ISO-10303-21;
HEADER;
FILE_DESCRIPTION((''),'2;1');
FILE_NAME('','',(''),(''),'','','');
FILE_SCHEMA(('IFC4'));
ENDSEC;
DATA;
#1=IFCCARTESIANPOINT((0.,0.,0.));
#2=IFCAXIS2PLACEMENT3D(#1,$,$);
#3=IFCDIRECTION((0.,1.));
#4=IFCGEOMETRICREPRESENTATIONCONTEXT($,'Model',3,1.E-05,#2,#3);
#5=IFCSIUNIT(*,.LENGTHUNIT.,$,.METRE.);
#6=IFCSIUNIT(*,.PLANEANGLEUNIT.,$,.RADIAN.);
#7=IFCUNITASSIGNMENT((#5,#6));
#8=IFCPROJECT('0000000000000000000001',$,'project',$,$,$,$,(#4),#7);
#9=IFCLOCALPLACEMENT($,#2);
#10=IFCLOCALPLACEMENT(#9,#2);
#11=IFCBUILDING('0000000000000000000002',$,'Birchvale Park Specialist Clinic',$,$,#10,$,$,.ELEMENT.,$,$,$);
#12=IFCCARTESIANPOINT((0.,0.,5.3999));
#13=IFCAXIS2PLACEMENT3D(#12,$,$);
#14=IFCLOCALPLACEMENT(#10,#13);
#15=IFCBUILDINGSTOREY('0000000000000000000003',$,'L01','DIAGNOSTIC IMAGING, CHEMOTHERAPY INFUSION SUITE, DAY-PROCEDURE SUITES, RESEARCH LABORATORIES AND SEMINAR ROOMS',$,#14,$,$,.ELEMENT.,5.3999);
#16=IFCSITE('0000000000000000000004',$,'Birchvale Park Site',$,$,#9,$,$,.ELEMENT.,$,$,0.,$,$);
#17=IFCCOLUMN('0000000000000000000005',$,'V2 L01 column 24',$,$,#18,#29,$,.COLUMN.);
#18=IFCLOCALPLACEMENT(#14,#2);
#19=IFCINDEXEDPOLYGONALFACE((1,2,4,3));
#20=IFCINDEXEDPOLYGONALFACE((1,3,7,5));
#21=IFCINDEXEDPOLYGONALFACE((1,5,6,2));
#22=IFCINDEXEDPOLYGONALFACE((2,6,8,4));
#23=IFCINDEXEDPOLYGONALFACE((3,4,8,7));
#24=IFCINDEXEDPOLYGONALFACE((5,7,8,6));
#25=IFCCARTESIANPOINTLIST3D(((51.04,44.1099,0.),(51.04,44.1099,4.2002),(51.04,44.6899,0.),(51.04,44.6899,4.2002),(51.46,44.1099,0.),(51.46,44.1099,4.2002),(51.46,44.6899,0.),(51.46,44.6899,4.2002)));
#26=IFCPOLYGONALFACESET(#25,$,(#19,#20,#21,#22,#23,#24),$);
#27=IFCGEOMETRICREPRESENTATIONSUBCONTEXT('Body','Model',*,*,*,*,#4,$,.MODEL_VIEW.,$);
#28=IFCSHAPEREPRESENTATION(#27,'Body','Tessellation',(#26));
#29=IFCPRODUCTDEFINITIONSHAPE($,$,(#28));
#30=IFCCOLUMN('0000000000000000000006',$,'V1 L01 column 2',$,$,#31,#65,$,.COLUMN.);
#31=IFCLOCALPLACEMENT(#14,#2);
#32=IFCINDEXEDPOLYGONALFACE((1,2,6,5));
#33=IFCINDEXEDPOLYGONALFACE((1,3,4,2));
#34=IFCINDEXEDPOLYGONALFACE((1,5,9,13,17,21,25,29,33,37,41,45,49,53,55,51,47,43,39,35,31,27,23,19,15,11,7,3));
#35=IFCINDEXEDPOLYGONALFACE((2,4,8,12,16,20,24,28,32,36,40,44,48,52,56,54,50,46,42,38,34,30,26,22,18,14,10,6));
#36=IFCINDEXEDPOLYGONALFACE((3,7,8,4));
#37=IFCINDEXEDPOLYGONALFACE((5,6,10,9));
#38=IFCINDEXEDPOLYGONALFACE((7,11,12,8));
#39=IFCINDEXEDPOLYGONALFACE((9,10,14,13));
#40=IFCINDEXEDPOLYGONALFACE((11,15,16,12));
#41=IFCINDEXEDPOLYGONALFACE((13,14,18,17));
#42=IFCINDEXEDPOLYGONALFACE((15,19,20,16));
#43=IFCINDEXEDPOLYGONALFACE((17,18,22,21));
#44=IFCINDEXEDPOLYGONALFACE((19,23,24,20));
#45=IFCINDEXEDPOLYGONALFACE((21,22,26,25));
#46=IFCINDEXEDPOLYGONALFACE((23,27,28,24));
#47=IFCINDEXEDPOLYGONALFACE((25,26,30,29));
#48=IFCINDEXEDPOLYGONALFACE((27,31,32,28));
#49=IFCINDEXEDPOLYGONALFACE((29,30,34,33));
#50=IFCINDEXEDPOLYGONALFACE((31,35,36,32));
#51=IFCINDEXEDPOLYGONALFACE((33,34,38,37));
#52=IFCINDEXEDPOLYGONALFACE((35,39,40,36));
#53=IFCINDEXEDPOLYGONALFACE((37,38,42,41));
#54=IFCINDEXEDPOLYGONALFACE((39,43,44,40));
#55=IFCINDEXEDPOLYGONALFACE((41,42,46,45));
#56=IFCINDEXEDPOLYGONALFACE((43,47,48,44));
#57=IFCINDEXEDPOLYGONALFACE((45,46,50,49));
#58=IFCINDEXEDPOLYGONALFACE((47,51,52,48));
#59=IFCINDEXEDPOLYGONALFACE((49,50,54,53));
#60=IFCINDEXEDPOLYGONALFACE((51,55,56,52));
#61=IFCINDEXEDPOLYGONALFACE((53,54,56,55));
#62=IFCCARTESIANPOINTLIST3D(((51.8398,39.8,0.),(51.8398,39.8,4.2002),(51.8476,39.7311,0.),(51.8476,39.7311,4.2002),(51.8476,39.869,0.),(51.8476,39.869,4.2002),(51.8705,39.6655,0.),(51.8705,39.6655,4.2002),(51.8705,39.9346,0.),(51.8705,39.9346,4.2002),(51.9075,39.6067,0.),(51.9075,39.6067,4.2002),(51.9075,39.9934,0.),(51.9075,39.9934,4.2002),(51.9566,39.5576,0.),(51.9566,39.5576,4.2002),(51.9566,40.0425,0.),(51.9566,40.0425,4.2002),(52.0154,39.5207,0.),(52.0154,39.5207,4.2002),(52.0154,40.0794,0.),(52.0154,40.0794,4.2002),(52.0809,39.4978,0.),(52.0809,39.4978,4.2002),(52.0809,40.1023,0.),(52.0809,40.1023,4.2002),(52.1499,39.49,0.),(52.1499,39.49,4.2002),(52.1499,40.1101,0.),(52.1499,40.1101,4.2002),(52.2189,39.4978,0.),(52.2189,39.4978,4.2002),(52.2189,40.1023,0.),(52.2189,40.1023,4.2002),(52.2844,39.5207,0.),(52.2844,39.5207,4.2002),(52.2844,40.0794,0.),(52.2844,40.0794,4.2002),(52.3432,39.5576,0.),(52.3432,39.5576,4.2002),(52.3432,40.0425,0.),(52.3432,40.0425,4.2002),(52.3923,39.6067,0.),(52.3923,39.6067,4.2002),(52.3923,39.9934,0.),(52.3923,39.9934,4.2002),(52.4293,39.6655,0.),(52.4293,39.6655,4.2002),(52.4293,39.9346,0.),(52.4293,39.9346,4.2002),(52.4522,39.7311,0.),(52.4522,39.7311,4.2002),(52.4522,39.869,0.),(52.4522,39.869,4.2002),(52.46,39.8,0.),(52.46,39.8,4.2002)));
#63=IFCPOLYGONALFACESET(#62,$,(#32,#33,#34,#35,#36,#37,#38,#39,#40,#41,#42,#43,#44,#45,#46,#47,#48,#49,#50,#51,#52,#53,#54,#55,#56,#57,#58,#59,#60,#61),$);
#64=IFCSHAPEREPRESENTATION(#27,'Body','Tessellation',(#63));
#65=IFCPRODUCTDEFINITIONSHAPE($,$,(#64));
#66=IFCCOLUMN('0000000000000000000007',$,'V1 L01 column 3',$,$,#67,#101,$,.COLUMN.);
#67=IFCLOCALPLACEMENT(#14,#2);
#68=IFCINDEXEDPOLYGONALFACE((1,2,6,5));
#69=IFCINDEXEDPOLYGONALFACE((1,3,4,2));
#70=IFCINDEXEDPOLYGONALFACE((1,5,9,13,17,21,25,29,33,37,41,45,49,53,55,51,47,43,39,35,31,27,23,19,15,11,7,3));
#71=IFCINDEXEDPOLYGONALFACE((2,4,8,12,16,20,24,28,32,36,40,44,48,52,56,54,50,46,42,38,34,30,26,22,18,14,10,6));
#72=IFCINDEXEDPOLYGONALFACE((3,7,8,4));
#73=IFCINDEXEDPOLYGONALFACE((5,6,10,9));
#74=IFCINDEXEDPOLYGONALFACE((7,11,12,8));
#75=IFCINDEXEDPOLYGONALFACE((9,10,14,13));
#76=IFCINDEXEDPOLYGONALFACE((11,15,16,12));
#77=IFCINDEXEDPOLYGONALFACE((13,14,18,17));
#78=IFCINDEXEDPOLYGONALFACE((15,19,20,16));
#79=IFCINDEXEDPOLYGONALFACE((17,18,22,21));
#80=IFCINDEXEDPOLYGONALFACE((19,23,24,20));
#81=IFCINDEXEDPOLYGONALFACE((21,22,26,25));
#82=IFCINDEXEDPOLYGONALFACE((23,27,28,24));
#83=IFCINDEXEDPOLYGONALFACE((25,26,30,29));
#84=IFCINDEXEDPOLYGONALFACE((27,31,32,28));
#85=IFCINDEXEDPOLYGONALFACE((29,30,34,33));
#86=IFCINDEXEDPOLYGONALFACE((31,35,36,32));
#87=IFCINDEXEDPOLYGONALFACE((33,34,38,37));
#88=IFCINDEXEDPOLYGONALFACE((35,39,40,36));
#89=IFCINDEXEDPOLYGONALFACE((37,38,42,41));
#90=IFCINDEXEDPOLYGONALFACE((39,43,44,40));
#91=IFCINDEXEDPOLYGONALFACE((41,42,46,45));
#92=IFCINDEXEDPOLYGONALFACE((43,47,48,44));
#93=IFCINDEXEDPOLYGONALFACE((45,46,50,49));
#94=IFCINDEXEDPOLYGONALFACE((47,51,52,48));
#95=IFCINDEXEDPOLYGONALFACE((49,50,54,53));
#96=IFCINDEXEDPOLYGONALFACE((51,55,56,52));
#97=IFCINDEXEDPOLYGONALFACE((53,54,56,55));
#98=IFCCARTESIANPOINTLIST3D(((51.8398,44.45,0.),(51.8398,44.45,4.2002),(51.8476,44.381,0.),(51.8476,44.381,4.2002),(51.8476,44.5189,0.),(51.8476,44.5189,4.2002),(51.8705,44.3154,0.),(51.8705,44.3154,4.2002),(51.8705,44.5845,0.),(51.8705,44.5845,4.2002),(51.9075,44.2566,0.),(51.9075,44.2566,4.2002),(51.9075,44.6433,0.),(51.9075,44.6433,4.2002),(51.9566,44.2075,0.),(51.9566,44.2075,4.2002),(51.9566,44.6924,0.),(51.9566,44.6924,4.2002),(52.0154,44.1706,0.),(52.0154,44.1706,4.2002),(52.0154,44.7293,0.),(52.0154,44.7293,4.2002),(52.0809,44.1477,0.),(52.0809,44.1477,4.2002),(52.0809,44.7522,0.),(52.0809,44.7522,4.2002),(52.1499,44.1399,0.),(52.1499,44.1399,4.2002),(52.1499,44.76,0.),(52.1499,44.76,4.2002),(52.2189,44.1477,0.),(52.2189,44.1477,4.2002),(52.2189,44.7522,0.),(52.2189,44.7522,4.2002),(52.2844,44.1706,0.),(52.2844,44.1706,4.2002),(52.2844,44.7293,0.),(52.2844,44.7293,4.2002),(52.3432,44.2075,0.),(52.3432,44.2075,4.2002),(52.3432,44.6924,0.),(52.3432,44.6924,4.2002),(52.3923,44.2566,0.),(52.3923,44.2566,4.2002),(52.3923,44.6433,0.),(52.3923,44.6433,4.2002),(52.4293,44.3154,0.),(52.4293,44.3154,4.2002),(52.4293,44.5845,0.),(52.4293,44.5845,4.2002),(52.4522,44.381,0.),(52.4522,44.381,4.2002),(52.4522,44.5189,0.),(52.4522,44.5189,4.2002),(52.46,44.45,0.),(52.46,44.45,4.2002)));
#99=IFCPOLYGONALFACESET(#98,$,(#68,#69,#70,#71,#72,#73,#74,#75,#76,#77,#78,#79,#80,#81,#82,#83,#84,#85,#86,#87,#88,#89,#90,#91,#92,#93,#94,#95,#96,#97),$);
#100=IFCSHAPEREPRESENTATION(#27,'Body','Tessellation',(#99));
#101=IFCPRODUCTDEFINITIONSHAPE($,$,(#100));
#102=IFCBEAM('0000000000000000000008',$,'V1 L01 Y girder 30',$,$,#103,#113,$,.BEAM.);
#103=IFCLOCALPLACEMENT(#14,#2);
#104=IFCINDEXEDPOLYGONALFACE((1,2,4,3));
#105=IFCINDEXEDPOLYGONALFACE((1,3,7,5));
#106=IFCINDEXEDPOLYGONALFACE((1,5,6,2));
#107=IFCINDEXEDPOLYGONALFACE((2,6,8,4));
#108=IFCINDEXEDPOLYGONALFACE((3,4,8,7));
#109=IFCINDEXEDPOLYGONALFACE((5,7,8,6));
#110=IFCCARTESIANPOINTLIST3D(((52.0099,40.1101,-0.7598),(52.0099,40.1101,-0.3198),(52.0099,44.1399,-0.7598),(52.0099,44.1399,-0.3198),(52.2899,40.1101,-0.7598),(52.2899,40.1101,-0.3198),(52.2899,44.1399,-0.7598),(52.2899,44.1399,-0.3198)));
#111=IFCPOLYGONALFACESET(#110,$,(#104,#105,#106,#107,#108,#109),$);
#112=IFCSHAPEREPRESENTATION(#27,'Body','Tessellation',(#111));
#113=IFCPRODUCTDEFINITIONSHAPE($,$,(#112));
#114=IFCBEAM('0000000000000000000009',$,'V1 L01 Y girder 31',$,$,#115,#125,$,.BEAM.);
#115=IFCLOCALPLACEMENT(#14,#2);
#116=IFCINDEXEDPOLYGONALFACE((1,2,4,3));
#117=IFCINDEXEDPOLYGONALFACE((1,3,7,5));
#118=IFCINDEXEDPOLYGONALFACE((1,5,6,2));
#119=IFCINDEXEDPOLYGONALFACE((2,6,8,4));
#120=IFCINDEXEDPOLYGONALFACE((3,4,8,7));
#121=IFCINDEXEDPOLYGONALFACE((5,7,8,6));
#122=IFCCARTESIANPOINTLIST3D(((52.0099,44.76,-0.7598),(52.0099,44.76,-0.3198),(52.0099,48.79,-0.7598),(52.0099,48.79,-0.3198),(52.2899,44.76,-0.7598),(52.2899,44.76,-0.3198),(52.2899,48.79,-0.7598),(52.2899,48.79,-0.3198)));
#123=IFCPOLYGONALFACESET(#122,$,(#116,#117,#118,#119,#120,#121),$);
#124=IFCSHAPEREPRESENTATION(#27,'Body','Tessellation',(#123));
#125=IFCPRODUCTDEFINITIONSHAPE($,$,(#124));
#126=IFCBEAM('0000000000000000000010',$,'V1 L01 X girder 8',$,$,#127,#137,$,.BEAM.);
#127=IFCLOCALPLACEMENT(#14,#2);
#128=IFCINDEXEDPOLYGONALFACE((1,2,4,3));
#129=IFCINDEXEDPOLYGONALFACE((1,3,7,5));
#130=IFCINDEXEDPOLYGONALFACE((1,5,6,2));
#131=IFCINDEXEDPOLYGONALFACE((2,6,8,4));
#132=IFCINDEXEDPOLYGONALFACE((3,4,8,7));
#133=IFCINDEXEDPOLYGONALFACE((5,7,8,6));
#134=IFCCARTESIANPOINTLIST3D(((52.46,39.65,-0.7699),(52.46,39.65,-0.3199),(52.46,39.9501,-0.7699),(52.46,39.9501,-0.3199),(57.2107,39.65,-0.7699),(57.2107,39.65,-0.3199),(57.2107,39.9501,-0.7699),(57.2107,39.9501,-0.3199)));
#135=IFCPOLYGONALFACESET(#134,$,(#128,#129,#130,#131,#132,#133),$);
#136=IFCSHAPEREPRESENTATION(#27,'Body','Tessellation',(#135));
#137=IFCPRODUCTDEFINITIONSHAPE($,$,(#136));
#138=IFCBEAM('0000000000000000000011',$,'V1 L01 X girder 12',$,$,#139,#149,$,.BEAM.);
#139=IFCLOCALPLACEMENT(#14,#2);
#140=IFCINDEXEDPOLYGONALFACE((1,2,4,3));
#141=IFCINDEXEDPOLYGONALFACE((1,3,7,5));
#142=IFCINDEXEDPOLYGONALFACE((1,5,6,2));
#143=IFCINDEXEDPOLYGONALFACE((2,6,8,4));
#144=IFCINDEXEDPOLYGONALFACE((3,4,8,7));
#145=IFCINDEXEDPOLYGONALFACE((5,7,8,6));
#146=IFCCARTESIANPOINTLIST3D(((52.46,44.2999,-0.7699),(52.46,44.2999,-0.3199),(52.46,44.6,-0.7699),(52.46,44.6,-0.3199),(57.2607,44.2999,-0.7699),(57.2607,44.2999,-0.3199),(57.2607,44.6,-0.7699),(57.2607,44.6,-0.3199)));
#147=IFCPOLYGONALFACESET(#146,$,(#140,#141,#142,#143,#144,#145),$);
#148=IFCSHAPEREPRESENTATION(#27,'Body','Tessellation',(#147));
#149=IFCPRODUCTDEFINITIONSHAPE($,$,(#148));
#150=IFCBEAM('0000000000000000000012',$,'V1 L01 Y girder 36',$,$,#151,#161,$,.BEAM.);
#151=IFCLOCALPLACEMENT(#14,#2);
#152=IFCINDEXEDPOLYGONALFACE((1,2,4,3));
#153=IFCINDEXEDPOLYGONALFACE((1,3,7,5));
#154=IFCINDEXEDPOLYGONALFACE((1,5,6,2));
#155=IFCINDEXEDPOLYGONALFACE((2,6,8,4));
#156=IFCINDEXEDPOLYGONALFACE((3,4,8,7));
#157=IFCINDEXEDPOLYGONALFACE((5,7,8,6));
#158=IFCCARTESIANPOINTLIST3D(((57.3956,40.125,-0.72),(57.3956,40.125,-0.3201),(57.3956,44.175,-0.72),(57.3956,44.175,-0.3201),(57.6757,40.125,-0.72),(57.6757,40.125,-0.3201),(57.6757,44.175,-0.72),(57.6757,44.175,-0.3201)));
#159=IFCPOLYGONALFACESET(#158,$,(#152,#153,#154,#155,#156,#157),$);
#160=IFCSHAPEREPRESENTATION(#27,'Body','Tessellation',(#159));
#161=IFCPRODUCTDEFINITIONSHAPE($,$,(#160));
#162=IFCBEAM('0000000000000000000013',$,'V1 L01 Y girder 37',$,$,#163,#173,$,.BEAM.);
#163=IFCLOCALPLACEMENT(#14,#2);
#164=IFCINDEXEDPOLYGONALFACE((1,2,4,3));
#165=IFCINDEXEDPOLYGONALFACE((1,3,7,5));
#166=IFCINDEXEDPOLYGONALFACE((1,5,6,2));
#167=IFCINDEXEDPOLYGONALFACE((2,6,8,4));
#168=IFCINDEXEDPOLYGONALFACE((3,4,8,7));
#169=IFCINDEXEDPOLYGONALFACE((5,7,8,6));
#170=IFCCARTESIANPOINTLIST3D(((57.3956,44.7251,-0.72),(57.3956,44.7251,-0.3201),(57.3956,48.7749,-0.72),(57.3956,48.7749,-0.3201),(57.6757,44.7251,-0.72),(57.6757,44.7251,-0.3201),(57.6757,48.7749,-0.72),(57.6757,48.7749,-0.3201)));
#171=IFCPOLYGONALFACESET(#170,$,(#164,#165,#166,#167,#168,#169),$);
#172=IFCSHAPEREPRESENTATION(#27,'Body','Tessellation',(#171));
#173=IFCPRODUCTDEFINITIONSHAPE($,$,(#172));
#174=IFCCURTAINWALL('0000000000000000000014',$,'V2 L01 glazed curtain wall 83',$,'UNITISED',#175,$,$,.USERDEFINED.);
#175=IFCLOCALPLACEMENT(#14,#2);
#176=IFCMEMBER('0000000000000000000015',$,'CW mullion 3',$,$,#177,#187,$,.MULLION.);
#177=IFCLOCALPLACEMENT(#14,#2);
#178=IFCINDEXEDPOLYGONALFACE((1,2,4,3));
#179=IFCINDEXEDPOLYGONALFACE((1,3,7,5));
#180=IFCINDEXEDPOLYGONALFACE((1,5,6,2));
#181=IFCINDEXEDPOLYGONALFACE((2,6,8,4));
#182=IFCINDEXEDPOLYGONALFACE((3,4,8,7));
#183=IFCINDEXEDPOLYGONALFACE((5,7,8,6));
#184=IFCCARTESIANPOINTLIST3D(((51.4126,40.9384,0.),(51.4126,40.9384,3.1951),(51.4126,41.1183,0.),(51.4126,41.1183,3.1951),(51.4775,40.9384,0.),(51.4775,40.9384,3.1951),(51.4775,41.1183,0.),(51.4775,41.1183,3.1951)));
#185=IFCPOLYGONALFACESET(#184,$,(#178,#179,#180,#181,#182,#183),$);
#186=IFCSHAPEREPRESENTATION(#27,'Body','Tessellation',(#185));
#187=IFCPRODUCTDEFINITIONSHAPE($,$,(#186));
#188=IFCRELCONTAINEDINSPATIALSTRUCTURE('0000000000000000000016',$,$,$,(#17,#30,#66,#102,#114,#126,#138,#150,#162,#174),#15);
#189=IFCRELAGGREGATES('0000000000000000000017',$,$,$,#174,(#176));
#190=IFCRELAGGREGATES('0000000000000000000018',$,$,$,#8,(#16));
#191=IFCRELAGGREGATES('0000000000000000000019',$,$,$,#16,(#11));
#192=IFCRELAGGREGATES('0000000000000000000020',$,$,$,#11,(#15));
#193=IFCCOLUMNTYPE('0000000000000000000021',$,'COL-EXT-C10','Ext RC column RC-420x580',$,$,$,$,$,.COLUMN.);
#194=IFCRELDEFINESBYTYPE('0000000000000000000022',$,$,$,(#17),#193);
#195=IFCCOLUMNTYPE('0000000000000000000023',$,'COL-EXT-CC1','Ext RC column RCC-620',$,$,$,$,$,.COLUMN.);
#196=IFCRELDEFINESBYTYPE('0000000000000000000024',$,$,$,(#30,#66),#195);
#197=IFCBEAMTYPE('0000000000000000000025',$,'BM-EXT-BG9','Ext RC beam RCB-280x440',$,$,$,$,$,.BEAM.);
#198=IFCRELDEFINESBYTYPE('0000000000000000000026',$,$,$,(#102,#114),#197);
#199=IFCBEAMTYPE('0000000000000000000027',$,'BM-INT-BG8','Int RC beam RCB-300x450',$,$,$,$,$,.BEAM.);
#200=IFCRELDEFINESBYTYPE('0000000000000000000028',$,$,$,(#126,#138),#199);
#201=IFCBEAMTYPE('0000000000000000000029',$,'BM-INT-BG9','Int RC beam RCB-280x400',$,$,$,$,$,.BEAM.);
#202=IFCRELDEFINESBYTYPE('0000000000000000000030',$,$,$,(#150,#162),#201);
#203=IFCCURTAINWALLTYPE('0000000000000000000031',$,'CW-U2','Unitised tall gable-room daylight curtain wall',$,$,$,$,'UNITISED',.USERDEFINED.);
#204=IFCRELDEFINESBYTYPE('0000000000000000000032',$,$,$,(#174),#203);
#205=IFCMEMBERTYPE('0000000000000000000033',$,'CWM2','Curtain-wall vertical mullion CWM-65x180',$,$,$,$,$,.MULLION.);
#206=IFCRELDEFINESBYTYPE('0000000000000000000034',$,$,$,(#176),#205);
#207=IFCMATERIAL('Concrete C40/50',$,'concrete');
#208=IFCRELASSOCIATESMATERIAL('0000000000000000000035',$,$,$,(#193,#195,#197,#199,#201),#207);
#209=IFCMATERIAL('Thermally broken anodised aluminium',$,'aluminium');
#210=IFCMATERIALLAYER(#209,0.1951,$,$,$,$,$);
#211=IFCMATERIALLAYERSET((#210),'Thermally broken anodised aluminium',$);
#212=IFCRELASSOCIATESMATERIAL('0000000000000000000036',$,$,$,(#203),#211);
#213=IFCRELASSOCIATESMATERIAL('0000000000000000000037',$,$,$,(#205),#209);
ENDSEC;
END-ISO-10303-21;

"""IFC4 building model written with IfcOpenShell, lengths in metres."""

from ifc_helpers import new_model, si_unit, direction, frame, origin, origin_2d, place, context, subcontext, project, spatial, rectangle, circle, extrude, material, layer, layer_set, material_profile, profile_set, type_object, element, aggregate, save


model = new_model("IFC4")

# Units and contexts
model_context = context("Model", 3, precision=1e-05, world=origin(), true_north=direction((0.0, 1.0)))
body_context = subcontext(model_context, "Body", "Model", "MODEL_VIEW")
ifc_project = project(units=[si_unit("LENGTHUNIT", "METRE"), si_unit("PLANEANGLEUNIT", "RADIAN")], contexts=[model_context])

# Site, building, storey
site_placement = place(None, origin())
site = spatial("IfcSite", under=ifc_project, at=site_placement, Name="Birchvale Park Site", CompositionType="ELEMENT", RefElevation=0.0)
building_placement = place(site_placement, origin())
building = spatial("IfcBuilding", under=site, at=building_placement, Name="Birchvale Park Specialist Clinic", CompositionType="ELEMENT")
storey_placement = place(building_placement, frame((0.0, 0.0, 5.3999)))
storey = spatial("IfcBuildingStorey", under=building, at=storey_placement, Name="L01", Description="DIAGNOSTIC IMAGING, CHEMOTHERAPY INFUSION SUITE, DAY-PROCEDURE SUITES, RESEARCH LABORATORIES AND SEMINAR ROOMS", CompositionType="ELEMENT", Elevation=5.3999)

# Columns
ifc_material_1 = material(Name="Concrete C40/50", Category="concrete")
ifc_material_profile_1 = material_profile(ifc_material_1, rectangle(XDim=0.4199, YDim=0.5801, at=origin_2d()), Name="RC-420x580")
ifc_profile_set_1 = profile_set([ifc_material_profile_1], Name="Concrete C40/50")
column_type_1 = type_object("IfcColumnType", Name="COL-EXT-C10", Description="Ext RC column RC-420x580", PredefinedType="COLUMN", material=ifc_profile_set_1)
column_placement = place(storey_placement, frame((51.25, 44.3999, 0.0), z_axis=(0.0, 0.0, 1.0), x_axis=(1.0, 0.0, 0.0)))
element("IfcColumn", 1, at=column_placement, inside=storey, type_object=column_type_1, Name="V2 L01 column 24", PredefinedType="COLUMN", context=body_context, shape_type="SweptSolid", body=[
    extrude(rectangle(XDim=0.4199, YDim=0.5801, at=origin_2d()), origin(), (0.0, 0.0, 1.0), 4.2002),
])
ifc_material_profile_2 = material_profile(ifc_material_1, circle(Radius=0.3101, at=origin_2d()), Name="RCC-620")
ifc_profile_set_2 = profile_set([ifc_material_profile_2], Name="Concrete C40/50")
column_type_2 = type_object("IfcColumnType", Name="COL-EXT-CC1", Description="Ext RC column RCC-620", PredefinedType="COLUMN", material=ifc_profile_set_2)
for number, where, z_axis, x_axis, name in (
    (2, (52.1499, 39.8, 0.0), (0.0, 0.0, 1.0), (1.0, 0.0, 0.0), "V1 L01 column 2"),
    (3, (52.1499, 44.45, 0.0), (0.0, 0.0, 1.0), (1.0, 0.0, 0.0), "V1 L01 column 3"),
):
    element("IfcColumn", number, at=place(storey_placement, frame(where, z_axis=z_axis, x_axis=x_axis)), inside=storey, type_object=column_type_2, Name=name, PredefinedType="COLUMN", context=body_context, shape_type="SweptSolid", body=[
        extrude(circle(Radius=0.3101, at=origin_2d()), origin(), (0.0, 0.0, 1.0), 4.2002),
    ])

# Beams
ifc_material_profile_3 = material_profile(ifc_material_1, rectangle(XDim=0.28, YDim=0.4399, at=origin_2d()), Name="RCB-280x440")
ifc_profile_set_3 = profile_set([ifc_material_profile_3], Name="Concrete C40/50")
beam_type_1 = type_object("IfcBeamType", Name="BM-EXT-BG9", Description="Ext RC beam RCB-280x440", PredefinedType="BEAM", material=ifc_profile_set_3)
beam_1_placement = place(storey_placement, frame((52.1499, 40.1101, -0.5398), z_axis=(0.0, 1.0, 0.0), x_axis=(-1.0, 0.0, 0.0)))
element("IfcBeam", 4, at=beam_1_placement, inside=storey, type_object=beam_type_1, Name="V1 L01 Y girder 30", PredefinedType="BEAM", context=body_context, shape_type="SweptSolid", body=[
    extrude(rectangle(XDim=0.28, YDim=0.4399, at=origin_2d()), origin(), (0.0, 0.0, 1.0), 4.0298),
])
beam_2_placement = place(storey_placement, frame((52.1499, 44.76, -0.5398), z_axis=(0.0, 1.0, 0.0), x_axis=(-1.0, 0.0, 0.0)))
element("IfcBeam", 5, at=beam_2_placement, inside=storey, type_object=beam_type_1, Name="V1 L01 Y girder 31", PredefinedType="BEAM", context=body_context, shape_type="SweptSolid", body=[
    extrude(rectangle(XDim=0.28, YDim=0.4399, at=origin_2d()), origin(), (0.0, 0.0, 1.0), 4.03),
])
ifc_material_profile_4 = material_profile(ifc_material_1, rectangle(XDim=0.3, YDim=0.45, at=origin_2d()), Name="RCB-300x450")
ifc_profile_set_4 = profile_set([ifc_material_profile_4], Name="Concrete C40/50")
beam_type_2 = type_object("IfcBeamType", Name="BM-INT-BG8", Description="Int RC beam RCB-300x450", PredefinedType="BEAM", material=ifc_profile_set_4)
beam_3_placement = place(storey_placement, frame((52.46, 39.8, -0.5449), z_axis=(1.0, 0.0, 0.0), x_axis=(0.0, 1.0, 0.0)))
element("IfcBeam", 6, at=beam_3_placement, inside=storey, type_object=beam_type_2, Name="V1 L01 X girder 8", PredefinedType="BEAM", context=body_context, shape_type="SweptSolid", body=[
    extrude(rectangle(XDim=0.3, YDim=0.45, at=origin_2d()), origin(), (0.0, 0.0, 1.0), 4.7507),
])
beam_4_placement = place(storey_placement, frame((52.46, 44.45, -0.5449), z_axis=(1.0, 0.0, 0.0), x_axis=(0.0, 1.0, 0.0)))
element("IfcBeam", 7, at=beam_4_placement, inside=storey, type_object=beam_type_2, Name="V1 L01 X girder 12", PredefinedType="BEAM", context=body_context, shape_type="SweptSolid", body=[
    extrude(rectangle(XDim=0.3, YDim=0.45, at=origin_2d()), origin(), (0.0, 0.0, 1.0), 4.8008),
])
ifc_material_profile_5 = material_profile(ifc_material_1, rectangle(XDim=0.28, YDim=0.3999, at=origin_2d()), Name="RCB-280x400")
ifc_profile_set_5 = profile_set([ifc_material_profile_5], Name="Concrete C40/50")
beam_type_3 = type_object("IfcBeamType", Name="BM-INT-BG9", Description="Int RC beam RCB-280x400", PredefinedType="BEAM", material=ifc_profile_set_5)
beam_5_placement = place(storey_placement, frame((57.5356, 40.125, -0.52), z_axis=(0.0, 1.0, 0.0), x_axis=(-1.0, 0.0, 0.0)))
element("IfcBeam", 8, at=beam_5_placement, inside=storey, type_object=beam_type_3, Name="V1 L01 Y girder 36", PredefinedType="BEAM", context=body_context, shape_type="SweptSolid", body=[
    extrude(rectangle(XDim=0.28, YDim=0.3999, at=origin_2d()), origin(), (0.0, 0.0, 1.0), 4.05),
])
beam_6_placement = place(storey_placement, frame((57.5356, 44.7251, -0.52), z_axis=(0.0, 1.0, 0.0), x_axis=(-1.0, 0.0, 0.0)))
element("IfcBeam", 9, at=beam_6_placement, inside=storey, type_object=beam_type_3, Name="V1 L01 Y girder 37", PredefinedType="BEAM", context=body_context, shape_type="SweptSolid", body=[
    extrude(rectangle(XDim=0.28, YDim=0.3999, at=origin_2d()), origin(), (0.0, 0.0, 1.0), 4.0498),
])

# Curtain wall, member
ifc_material_2 = material(Name="Thermally broken anodised aluminium", Category="aluminium")
ifc_layer_1 = layer(ifc_material_2, 0.1951)
ifc_layer_set_1 = layer_set([ifc_layer_1], Name="Thermally broken anodised aluminium")
curtain_wall_type = type_object("IfcCurtainWallType", Name="CW-U2", Description="Unitised tall gable-room daylight curtain wall", ElementType="UNITISED", PredefinedType="USERDEFINED", material=ifc_layer_set_1)
curtain_wall_1_placement = place(storey_placement, origin())
curtain_wall_1 = element("IfcCurtainWall", 10, at=curtain_wall_1_placement, inside=storey, type_object=curtain_wall_type, Name="V2 L01 glazed curtain wall 83", ObjectType="UNITISED", PredefinedType="USERDEFINED")
ifc_material_profile_6 = material_profile(ifc_material_2, rectangle(XDim=0.0649, YDim=0.1799, at=origin_2d()), Name="CWM-65x180")
ifc_profile_set_6 = profile_set([ifc_material_profile_6], Name="Thermally broken anodised aluminium")
member_type_1 = type_object("IfcMemberType", Name="CWM2", Description="Curtain-wall vertical mullion CWM-65x180", PredefinedType="MULLION", material=ifc_profile_set_6)
member_1_placement = place(storey_placement, frame((51.4451, 41.0283, 0.0), z_axis=(0.0, 0.0, 1.0), x_axis=(-1.0, 0.0, 0.0)))
member_1 = element("IfcMember", 11, at=member_1_placement, type_object=member_type_1, Name="CW mullion 3", PredefinedType="MULLION", context=body_context, shape_type="SweptSolid", body=[
    extrude(rectangle(XDim=0.0649, YDim=0.1799, at=origin_2d()), origin(), (0.0, 0.0, 1.0), 3.1951),
])

aggregate(curtain_wall_1, [member_1])

save(model, "model.ifc")
